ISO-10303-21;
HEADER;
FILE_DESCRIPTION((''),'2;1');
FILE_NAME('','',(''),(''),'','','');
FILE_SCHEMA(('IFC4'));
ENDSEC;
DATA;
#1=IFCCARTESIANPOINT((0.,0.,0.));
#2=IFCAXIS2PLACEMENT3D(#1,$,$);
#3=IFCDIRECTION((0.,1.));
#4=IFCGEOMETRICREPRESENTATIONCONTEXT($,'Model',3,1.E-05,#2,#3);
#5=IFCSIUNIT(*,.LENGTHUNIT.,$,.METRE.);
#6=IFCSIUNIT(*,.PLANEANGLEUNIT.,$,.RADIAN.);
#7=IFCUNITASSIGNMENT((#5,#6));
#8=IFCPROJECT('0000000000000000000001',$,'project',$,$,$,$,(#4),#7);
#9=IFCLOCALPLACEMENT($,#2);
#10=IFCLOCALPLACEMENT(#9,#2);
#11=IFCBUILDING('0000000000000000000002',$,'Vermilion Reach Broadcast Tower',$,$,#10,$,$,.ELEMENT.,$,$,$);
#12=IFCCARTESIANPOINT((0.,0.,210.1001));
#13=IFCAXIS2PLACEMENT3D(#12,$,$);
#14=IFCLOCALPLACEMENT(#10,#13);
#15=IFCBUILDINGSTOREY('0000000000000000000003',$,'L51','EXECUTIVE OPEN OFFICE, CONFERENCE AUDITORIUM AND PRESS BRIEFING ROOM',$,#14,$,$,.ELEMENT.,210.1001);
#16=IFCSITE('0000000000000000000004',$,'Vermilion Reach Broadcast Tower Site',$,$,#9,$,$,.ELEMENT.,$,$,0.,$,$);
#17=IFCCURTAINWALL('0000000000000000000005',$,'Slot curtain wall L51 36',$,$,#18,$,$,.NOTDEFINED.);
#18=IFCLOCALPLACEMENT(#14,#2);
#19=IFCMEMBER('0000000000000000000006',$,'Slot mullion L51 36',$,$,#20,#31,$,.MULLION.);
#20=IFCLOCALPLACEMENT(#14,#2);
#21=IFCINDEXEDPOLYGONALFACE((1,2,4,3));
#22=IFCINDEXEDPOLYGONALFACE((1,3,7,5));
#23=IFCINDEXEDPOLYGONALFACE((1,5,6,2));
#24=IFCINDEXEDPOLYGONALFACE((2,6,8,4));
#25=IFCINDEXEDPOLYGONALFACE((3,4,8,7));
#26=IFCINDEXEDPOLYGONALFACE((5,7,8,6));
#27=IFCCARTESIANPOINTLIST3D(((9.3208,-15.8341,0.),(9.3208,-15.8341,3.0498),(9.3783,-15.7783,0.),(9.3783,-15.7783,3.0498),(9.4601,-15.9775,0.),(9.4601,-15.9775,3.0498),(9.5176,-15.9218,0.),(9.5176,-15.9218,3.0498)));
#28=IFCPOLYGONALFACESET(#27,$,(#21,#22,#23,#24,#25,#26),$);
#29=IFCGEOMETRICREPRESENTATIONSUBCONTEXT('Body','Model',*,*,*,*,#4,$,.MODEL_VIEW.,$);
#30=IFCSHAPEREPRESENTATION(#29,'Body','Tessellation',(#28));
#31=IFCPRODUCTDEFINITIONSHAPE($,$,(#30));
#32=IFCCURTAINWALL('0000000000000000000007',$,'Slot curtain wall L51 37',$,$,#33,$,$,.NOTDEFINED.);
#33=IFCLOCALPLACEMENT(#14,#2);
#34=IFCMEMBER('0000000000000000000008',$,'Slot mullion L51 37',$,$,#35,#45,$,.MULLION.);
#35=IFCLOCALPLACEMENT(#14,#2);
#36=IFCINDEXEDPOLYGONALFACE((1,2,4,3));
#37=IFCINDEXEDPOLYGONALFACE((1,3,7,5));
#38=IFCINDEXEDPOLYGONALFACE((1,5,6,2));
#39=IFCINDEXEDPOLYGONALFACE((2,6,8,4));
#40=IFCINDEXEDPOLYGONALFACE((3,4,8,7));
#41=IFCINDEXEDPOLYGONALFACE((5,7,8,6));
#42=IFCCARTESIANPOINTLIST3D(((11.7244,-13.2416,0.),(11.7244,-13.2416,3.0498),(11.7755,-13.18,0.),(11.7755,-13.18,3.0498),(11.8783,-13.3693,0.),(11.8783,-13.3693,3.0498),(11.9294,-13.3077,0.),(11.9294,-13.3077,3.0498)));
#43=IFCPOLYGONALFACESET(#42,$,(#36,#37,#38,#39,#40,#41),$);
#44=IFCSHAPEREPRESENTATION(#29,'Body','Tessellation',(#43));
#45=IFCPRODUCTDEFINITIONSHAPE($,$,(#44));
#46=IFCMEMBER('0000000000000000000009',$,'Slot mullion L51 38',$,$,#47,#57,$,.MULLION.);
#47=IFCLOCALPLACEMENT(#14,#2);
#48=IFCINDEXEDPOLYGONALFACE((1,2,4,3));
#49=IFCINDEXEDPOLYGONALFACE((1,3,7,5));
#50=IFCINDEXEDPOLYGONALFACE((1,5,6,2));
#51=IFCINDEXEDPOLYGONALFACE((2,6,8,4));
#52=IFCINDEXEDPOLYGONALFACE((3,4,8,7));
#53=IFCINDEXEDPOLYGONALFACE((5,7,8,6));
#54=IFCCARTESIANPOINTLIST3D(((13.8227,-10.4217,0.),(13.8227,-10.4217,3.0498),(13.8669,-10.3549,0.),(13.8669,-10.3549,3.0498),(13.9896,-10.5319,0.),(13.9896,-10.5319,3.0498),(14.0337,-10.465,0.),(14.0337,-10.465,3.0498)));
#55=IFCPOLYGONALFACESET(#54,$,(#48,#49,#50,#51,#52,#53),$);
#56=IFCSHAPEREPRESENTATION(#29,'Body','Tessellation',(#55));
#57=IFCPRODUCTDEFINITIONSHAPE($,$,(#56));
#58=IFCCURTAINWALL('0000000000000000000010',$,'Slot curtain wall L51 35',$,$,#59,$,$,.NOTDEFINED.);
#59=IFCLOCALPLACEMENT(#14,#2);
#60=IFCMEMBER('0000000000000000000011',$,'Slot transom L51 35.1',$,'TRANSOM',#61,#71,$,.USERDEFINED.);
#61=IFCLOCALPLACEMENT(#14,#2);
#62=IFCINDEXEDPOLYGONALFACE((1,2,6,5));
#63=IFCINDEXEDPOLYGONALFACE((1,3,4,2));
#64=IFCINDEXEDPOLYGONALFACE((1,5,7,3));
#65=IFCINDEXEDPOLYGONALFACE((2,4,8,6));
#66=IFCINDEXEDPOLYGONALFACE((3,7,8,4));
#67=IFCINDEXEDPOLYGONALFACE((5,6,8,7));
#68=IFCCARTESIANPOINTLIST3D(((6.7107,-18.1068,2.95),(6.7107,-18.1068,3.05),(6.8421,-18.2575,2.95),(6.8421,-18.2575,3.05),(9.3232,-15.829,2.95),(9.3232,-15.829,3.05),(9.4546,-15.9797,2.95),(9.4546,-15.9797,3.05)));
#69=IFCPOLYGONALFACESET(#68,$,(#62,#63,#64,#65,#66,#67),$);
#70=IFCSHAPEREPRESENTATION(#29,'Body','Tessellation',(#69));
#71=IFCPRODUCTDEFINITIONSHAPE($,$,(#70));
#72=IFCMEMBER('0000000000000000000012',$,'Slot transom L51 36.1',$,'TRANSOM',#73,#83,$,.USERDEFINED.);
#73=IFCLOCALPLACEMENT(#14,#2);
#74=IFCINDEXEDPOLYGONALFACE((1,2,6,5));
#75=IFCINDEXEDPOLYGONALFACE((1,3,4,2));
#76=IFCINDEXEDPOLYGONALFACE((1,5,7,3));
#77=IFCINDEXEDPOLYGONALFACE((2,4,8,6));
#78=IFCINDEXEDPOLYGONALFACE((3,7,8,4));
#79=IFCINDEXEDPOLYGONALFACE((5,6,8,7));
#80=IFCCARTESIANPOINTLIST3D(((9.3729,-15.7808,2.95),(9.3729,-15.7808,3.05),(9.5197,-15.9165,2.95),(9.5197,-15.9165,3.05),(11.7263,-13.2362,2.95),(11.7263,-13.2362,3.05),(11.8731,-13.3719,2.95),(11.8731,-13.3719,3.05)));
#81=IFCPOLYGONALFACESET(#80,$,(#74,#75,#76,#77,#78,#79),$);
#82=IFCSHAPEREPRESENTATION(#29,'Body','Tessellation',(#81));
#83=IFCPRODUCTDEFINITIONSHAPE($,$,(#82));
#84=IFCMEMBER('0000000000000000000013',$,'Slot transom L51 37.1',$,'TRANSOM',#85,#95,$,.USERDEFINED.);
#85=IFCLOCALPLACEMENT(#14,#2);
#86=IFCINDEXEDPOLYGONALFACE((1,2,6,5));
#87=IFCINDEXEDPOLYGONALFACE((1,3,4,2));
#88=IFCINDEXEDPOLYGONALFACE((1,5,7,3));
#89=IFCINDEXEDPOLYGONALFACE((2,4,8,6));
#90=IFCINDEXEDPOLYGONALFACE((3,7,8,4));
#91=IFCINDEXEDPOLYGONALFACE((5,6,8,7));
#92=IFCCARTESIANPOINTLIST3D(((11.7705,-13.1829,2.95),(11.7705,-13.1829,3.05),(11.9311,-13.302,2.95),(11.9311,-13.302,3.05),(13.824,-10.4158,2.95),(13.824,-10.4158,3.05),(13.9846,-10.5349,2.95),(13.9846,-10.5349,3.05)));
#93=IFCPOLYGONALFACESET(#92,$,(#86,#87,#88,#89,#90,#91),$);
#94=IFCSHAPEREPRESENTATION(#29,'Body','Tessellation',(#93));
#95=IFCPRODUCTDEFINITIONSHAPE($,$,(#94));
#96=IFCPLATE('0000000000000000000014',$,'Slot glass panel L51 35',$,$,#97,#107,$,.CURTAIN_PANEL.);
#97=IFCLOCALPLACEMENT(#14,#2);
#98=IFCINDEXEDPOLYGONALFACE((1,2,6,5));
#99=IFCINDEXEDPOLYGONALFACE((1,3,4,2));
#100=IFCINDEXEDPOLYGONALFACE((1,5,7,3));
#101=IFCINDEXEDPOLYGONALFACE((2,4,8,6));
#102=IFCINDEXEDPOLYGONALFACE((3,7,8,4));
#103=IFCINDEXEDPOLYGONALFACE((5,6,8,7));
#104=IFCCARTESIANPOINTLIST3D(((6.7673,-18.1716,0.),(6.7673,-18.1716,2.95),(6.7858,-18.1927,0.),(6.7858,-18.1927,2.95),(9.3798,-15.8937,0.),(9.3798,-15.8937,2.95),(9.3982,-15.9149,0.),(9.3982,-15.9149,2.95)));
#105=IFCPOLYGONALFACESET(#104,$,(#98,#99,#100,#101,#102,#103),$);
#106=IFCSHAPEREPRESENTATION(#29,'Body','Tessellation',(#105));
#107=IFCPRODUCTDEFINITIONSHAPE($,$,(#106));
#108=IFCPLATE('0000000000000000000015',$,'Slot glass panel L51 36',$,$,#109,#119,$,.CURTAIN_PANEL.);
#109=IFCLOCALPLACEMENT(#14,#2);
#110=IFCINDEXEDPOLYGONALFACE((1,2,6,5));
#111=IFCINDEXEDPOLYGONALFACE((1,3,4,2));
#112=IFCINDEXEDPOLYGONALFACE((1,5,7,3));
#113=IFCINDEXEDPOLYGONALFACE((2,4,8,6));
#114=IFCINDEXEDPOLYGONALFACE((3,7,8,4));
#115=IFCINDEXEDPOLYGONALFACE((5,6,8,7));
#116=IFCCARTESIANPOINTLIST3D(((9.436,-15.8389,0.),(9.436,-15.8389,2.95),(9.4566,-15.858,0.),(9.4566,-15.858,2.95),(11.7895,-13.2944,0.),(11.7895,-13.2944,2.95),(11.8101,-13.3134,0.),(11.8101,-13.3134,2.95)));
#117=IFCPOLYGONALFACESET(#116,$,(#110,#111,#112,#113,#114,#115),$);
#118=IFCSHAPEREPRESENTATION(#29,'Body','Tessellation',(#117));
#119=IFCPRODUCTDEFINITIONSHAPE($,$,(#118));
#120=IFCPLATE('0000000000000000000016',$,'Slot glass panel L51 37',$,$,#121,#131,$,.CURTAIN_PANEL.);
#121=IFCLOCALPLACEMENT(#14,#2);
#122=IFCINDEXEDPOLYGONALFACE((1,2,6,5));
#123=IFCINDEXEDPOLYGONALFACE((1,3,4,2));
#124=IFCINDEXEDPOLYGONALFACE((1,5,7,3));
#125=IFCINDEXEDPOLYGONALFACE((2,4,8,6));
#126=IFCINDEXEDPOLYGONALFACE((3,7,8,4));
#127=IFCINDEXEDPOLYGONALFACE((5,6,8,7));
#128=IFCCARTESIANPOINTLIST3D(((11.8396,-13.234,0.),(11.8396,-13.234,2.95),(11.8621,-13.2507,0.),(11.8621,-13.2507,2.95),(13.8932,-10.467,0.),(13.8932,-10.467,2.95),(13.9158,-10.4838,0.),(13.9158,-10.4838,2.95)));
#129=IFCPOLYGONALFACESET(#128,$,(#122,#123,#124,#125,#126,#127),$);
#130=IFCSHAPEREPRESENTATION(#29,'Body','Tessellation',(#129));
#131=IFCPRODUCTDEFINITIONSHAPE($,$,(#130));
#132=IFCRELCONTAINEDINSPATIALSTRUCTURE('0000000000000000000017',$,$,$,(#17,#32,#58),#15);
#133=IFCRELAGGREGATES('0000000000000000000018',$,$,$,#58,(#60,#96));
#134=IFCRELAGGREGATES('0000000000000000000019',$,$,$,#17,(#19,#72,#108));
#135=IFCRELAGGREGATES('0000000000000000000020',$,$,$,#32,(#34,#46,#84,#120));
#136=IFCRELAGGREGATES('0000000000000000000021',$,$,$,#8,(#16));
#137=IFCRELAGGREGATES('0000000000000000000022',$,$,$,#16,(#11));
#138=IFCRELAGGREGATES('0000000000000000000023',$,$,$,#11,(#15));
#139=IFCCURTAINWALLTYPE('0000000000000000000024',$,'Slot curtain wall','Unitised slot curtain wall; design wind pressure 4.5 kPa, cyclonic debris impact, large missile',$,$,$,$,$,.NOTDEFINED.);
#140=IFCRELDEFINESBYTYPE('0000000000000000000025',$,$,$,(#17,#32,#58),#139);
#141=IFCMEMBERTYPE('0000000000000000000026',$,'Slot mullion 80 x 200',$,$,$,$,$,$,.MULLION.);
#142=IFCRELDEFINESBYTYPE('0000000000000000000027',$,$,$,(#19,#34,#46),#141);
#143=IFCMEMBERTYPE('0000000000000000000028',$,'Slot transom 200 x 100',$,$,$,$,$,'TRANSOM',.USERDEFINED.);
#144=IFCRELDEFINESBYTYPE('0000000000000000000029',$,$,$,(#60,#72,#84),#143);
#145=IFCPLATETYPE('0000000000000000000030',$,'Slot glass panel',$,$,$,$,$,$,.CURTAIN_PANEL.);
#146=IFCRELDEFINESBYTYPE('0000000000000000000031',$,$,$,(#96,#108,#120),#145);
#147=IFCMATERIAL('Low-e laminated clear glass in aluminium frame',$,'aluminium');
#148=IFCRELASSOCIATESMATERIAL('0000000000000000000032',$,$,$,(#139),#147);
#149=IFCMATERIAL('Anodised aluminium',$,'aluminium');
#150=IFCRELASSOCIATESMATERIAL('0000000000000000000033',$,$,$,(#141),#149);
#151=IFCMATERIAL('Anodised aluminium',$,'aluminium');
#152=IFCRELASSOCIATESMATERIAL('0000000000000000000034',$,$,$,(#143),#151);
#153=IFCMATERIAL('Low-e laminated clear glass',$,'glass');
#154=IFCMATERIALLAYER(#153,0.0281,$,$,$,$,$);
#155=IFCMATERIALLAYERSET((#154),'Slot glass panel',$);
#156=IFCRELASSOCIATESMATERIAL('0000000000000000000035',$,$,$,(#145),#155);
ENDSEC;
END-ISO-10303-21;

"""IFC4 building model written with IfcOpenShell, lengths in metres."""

from ifc_helpers import new_model, si_unit, direction, frame, origin, origin_2d, place, context, subcontext, project, spatial, rectangle, extrude, material, layer, layer_set, material_profile, profile_set, type_object, element, aggregate, save


model = new_model("IFC4")

# Units and contexts
model_context = context("Model", 3, precision=1e-05, world=origin(), true_north=direction((0.0, 1.0)))
body_context = subcontext(model_context, "Body", "Model", "MODEL_VIEW")
ifc_project = project(units=[si_unit("LENGTHUNIT", "METRE"), si_unit("PLANEANGLEUNIT", "RADIAN")], contexts=[model_context])

# Site, building, storey
site_placement = place(None, origin())
site = spatial("IfcSite", under=ifc_project, at=site_placement, Name="Vermilion Reach Broadcast Tower Site", CompositionType="ELEMENT", RefElevation=0.0)
building_placement = place(site_placement, origin())
building = spatial("IfcBuilding", under=site, at=building_placement, Name="Vermilion Reach Broadcast Tower", CompositionType="ELEMENT")
storey_placement = place(building_placement, frame((0.0, 0.0, 210.1001)))
storey = spatial("IfcBuildingStorey", under=building, at=storey_placement, Name="L51", Description="EXECUTIVE OPEN OFFICE, CONFERENCE AUDITORIUM AND PRESS BRIEFING ROOM", CompositionType="ELEMENT", Elevation=210.1001)

# Curtain wall, member
ifc_material_1 = material(Name="Low-e laminated clear glass in aluminium frame", Category="aluminium")
curtain_wall_type = type_object("IfcCurtainWallType", Name="Slot curtain wall", Description="Unitised slot curtain wall; design wind pressure 4.5 kPa, cyclonic debris impact, large missile", PredefinedType="NOTDEFINED", material=ifc_material_1)
placement = place(storey_placement, origin())
curtain_wall_1 = element("IfcCurtainWall", 1, at=placement, inside=storey, type_object=curtain_wall_type, Name="Slot curtain wall L51 36", PredefinedType="NOTDEFINED")
ifc_material_2 = material(Name="Anodised aluminium", Category="aluminium")
ifc_material_profile_1 = material_profile(ifc_material_2, rectangle(XDim=0.2, YDim=0.0801, at=origin_2d()), Name="Slot mullion 80 x 200")
ifc_profile_set_1 = profile_set([ifc_material_profile_1], Name="Anodised aluminium")
member_type_1 = type_object("IfcMemberType", Name="Slot mullion 80 x 200", PredefinedType="MULLION", material=ifc_profile_set_1)
member_1_placement = place(storey_placement, frame((9.4192, -15.8779, 0.0), z_axis=(0.0, 0.0, 1.0), x_axis=(-0.696664, 0.717397, 0.0)))
member_1 = element("IfcMember", 2, at=member_1_placement, type_object=member_type_1, Name="Slot mullion L51 36", PredefinedType="MULLION", context=body_context, shape_type="SweptSolid", body=[
    extrude(rectangle(XDim=0.2, YDim=0.0801, at=origin_2d()), origin(), (0.0, 0.0, 1.0), 3.0498),
])

# Curtain wall, members
curtain_wall_2 = element("IfcCurtainWall", 3, at=placement, inside=storey, type_object=curtain_wall_type, Name="Slot curtain wall L51 37", PredefinedType="NOTDEFINED")
member_2_placement = place(storey_placement, frame((11.8269, -13.2747, 0.0), z_axis=(0.0, 0.0, 1.0), x_axis=(-0.769689, 0.63842, 0.0)))
member_2 = element("IfcMember", 4, at=member_2_placement, type_object=member_type_1, Name="Slot mullion L51 37", PredefinedType="MULLION", context=body_context, shape_type="SweptSolid", body=[
    extrude(rectangle(XDim=0.2, YDim=0.0801, at=origin_2d()), origin(), (0.0, 0.0, 1.0), 3.0498),
])
member_3_placement = place(storey_placement, frame((13.9282, -10.4434, 0.0), z_axis=(0.0, 0.0, 1.0), x_axis=(-0.834473, 0.551049, 0.0)))
member_3 = element("IfcMember", 5, at=member_3_placement, type_object=member_type_1, Name="Slot mullion L51 38", PredefinedType="MULLION", context=body_context, shape_type="SweptSolid", body=[
    extrude(rectangle(XDim=0.2, YDim=0.0801, at=origin_2d()), origin(), (0.0, 0.0, 1.0), 3.0498),
])

# Curtain wall, member
curtain_wall_3 = element("IfcCurtainWall", 6, at=placement, inside=storey, type_object=curtain_wall_type, Name="Slot curtain wall L51 35", PredefinedType="NOTDEFINED")
ifc_material_3 = material(Name="Anodised aluminium", Category="aluminium")
ifc_material_profile_2 = material_profile(ifc_material_3, rectangle(XDim=0.2, YDim=0.1001, at=origin_2d()), Name="Slot transom 200 x 100")
ifc_profile_set_2 = profile_set([ifc_material_profile_2], Name="Anodised aluminium")
member_type_2 = type_object("IfcMemberType", Name="Slot transom 200 x 100", ElementType="TRANSOM", PredefinedType="USERDEFINED", material=ifc_profile_set_2)
member_4_placement = place(storey_placement, frame((6.7764, -18.1821, 3.0), z_axis=(0.753741, 0.657172, 0.0), x_axis=(-0.657172, 0.753741, 0.0)))
member_4 = element("IfcMember", 7, at=member_4_placement, type_object=member_type_2, Name="Slot transom L51 35.1", ObjectType="TRANSOM", PredefinedType="USERDEFINED", context=body_context, shape_type="SweptSolid", body=[
    extrude(rectangle(XDim=0.2, YDim=0.1001, at=origin_2d()), origin(), (0.0, 0.0, 1.0), 3.4661),
])

# Members
member_5_placement = place(storey_placement, frame((9.4463, -15.8486, 3.0), z_axis=(0.678994, 0.734144, 0.0), x_axis=(-0.734144, 0.678994, 0.0)))
member_5 = element("IfcMember", 8, at=member_5_placement, type_object=member_type_2, Name="Slot transom L51 36.1", ObjectType="TRANSOM", PredefinedType="USERDEFINED", context=body_context, shape_type="SweptSolid", body=[
    extrude(rectangle(XDim=0.2, YDim=0.1001, at=origin_2d()), origin(), (0.0, 0.0, 1.0), 3.4661),
])
member_6_placement = place(storey_placement, frame((11.8508, -13.2424, 3.0), z_axis=(0.595934, 0.803033, 0.0), x_axis=(-0.803033, 0.595934, 0.0)))
member_6 = element("IfcMember", 9, at=member_6_placement, type_object=member_type_2, Name="Slot transom L51 37.1", ObjectType="TRANSOM", PredefinedType="USERDEFINED", context=body_context, shape_type="SweptSolid", body=[
    extrude(rectangle(XDim=0.2, YDim=0.1001, at=origin_2d()), origin(), (0.0, 0.0, 1.0), 3.4458),
])

# Plates
ifc_material_4 = material(Name="Low-e laminated clear glass", Category="glass")
ifc_layer_1 = layer(ifc_material_4, 0.0281)
ifc_layer_set_1 = layer_set([ifc_layer_1], Name="Slot glass panel")
plate_type = type_object("IfcPlateType", Name="Slot glass panel", PredefinedType="CURTAIN_PANEL", material=ifc_layer_set_1)
plate_1_placement = place(storey_placement, frame((8.0828, -17.0432, 0.0), z_axis=(0.0, 0.0, 1.0), x_axis=(0.753728, 0.657187, 0.0)))
plate_1 = element("IfcPlate", 10, at=plate_1_placement, type_object=plate_type, Name="Slot glass panel L51 35", PredefinedType="CURTAIN_PANEL", context=body_context, shape_type="SweptSolid", body=[
    extrude(rectangle(XDim=3.4661, YDim=0.0281, at=origin_2d()), origin(), (0.0, 0.0, 1.0), 2.95),
])
aggregate(curtain_wall_3, [member_4, plate_1])
plate_2_placement = place(storey_placement, frame((10.623, -14.5762, 0.0), z_axis=(0.0, 0.0, 1.0), x_axis=(0.679002, 0.734137, 0.0)))
plate_2 = element("IfcPlate", 11, at=plate_2_placement, type_object=plate_type, Name="Slot glass panel L51 36", PredefinedType="CURTAIN_PANEL", context=body_context, shape_type="SweptSolid", body=[
    extrude(rectangle(XDim=3.4661, YDim=0.0281, at=origin_2d()), origin(), (0.0, 0.0, 1.0), 2.95),
])
aggregate(curtain_wall_1, [member_1, member_5, plate_2])
plate_3_placement = place(storey_placement, frame((12.8777, -11.8589, 0.0), z_axis=(0.0, 0.0, 1.0), x_axis=(0.595979, 0.803, 0.0)))
plate_3 = element("IfcPlate", 12, at=plate_3_placement, type_object=plate_type, Name="Slot glass panel L51 37", PredefinedType="CURTAIN_PANEL", context=body_context, shape_type="SweptSolid", body=[
    extrude(rectangle(XDim=3.4458, YDim=0.0281, at=origin_2d()), origin(), (0.0, 0.0, 1.0), 2.95),
])
aggregate(curtain_wall_2, [member_2, member_3, member_6, plate_3])

save(model, "model.ifc")
